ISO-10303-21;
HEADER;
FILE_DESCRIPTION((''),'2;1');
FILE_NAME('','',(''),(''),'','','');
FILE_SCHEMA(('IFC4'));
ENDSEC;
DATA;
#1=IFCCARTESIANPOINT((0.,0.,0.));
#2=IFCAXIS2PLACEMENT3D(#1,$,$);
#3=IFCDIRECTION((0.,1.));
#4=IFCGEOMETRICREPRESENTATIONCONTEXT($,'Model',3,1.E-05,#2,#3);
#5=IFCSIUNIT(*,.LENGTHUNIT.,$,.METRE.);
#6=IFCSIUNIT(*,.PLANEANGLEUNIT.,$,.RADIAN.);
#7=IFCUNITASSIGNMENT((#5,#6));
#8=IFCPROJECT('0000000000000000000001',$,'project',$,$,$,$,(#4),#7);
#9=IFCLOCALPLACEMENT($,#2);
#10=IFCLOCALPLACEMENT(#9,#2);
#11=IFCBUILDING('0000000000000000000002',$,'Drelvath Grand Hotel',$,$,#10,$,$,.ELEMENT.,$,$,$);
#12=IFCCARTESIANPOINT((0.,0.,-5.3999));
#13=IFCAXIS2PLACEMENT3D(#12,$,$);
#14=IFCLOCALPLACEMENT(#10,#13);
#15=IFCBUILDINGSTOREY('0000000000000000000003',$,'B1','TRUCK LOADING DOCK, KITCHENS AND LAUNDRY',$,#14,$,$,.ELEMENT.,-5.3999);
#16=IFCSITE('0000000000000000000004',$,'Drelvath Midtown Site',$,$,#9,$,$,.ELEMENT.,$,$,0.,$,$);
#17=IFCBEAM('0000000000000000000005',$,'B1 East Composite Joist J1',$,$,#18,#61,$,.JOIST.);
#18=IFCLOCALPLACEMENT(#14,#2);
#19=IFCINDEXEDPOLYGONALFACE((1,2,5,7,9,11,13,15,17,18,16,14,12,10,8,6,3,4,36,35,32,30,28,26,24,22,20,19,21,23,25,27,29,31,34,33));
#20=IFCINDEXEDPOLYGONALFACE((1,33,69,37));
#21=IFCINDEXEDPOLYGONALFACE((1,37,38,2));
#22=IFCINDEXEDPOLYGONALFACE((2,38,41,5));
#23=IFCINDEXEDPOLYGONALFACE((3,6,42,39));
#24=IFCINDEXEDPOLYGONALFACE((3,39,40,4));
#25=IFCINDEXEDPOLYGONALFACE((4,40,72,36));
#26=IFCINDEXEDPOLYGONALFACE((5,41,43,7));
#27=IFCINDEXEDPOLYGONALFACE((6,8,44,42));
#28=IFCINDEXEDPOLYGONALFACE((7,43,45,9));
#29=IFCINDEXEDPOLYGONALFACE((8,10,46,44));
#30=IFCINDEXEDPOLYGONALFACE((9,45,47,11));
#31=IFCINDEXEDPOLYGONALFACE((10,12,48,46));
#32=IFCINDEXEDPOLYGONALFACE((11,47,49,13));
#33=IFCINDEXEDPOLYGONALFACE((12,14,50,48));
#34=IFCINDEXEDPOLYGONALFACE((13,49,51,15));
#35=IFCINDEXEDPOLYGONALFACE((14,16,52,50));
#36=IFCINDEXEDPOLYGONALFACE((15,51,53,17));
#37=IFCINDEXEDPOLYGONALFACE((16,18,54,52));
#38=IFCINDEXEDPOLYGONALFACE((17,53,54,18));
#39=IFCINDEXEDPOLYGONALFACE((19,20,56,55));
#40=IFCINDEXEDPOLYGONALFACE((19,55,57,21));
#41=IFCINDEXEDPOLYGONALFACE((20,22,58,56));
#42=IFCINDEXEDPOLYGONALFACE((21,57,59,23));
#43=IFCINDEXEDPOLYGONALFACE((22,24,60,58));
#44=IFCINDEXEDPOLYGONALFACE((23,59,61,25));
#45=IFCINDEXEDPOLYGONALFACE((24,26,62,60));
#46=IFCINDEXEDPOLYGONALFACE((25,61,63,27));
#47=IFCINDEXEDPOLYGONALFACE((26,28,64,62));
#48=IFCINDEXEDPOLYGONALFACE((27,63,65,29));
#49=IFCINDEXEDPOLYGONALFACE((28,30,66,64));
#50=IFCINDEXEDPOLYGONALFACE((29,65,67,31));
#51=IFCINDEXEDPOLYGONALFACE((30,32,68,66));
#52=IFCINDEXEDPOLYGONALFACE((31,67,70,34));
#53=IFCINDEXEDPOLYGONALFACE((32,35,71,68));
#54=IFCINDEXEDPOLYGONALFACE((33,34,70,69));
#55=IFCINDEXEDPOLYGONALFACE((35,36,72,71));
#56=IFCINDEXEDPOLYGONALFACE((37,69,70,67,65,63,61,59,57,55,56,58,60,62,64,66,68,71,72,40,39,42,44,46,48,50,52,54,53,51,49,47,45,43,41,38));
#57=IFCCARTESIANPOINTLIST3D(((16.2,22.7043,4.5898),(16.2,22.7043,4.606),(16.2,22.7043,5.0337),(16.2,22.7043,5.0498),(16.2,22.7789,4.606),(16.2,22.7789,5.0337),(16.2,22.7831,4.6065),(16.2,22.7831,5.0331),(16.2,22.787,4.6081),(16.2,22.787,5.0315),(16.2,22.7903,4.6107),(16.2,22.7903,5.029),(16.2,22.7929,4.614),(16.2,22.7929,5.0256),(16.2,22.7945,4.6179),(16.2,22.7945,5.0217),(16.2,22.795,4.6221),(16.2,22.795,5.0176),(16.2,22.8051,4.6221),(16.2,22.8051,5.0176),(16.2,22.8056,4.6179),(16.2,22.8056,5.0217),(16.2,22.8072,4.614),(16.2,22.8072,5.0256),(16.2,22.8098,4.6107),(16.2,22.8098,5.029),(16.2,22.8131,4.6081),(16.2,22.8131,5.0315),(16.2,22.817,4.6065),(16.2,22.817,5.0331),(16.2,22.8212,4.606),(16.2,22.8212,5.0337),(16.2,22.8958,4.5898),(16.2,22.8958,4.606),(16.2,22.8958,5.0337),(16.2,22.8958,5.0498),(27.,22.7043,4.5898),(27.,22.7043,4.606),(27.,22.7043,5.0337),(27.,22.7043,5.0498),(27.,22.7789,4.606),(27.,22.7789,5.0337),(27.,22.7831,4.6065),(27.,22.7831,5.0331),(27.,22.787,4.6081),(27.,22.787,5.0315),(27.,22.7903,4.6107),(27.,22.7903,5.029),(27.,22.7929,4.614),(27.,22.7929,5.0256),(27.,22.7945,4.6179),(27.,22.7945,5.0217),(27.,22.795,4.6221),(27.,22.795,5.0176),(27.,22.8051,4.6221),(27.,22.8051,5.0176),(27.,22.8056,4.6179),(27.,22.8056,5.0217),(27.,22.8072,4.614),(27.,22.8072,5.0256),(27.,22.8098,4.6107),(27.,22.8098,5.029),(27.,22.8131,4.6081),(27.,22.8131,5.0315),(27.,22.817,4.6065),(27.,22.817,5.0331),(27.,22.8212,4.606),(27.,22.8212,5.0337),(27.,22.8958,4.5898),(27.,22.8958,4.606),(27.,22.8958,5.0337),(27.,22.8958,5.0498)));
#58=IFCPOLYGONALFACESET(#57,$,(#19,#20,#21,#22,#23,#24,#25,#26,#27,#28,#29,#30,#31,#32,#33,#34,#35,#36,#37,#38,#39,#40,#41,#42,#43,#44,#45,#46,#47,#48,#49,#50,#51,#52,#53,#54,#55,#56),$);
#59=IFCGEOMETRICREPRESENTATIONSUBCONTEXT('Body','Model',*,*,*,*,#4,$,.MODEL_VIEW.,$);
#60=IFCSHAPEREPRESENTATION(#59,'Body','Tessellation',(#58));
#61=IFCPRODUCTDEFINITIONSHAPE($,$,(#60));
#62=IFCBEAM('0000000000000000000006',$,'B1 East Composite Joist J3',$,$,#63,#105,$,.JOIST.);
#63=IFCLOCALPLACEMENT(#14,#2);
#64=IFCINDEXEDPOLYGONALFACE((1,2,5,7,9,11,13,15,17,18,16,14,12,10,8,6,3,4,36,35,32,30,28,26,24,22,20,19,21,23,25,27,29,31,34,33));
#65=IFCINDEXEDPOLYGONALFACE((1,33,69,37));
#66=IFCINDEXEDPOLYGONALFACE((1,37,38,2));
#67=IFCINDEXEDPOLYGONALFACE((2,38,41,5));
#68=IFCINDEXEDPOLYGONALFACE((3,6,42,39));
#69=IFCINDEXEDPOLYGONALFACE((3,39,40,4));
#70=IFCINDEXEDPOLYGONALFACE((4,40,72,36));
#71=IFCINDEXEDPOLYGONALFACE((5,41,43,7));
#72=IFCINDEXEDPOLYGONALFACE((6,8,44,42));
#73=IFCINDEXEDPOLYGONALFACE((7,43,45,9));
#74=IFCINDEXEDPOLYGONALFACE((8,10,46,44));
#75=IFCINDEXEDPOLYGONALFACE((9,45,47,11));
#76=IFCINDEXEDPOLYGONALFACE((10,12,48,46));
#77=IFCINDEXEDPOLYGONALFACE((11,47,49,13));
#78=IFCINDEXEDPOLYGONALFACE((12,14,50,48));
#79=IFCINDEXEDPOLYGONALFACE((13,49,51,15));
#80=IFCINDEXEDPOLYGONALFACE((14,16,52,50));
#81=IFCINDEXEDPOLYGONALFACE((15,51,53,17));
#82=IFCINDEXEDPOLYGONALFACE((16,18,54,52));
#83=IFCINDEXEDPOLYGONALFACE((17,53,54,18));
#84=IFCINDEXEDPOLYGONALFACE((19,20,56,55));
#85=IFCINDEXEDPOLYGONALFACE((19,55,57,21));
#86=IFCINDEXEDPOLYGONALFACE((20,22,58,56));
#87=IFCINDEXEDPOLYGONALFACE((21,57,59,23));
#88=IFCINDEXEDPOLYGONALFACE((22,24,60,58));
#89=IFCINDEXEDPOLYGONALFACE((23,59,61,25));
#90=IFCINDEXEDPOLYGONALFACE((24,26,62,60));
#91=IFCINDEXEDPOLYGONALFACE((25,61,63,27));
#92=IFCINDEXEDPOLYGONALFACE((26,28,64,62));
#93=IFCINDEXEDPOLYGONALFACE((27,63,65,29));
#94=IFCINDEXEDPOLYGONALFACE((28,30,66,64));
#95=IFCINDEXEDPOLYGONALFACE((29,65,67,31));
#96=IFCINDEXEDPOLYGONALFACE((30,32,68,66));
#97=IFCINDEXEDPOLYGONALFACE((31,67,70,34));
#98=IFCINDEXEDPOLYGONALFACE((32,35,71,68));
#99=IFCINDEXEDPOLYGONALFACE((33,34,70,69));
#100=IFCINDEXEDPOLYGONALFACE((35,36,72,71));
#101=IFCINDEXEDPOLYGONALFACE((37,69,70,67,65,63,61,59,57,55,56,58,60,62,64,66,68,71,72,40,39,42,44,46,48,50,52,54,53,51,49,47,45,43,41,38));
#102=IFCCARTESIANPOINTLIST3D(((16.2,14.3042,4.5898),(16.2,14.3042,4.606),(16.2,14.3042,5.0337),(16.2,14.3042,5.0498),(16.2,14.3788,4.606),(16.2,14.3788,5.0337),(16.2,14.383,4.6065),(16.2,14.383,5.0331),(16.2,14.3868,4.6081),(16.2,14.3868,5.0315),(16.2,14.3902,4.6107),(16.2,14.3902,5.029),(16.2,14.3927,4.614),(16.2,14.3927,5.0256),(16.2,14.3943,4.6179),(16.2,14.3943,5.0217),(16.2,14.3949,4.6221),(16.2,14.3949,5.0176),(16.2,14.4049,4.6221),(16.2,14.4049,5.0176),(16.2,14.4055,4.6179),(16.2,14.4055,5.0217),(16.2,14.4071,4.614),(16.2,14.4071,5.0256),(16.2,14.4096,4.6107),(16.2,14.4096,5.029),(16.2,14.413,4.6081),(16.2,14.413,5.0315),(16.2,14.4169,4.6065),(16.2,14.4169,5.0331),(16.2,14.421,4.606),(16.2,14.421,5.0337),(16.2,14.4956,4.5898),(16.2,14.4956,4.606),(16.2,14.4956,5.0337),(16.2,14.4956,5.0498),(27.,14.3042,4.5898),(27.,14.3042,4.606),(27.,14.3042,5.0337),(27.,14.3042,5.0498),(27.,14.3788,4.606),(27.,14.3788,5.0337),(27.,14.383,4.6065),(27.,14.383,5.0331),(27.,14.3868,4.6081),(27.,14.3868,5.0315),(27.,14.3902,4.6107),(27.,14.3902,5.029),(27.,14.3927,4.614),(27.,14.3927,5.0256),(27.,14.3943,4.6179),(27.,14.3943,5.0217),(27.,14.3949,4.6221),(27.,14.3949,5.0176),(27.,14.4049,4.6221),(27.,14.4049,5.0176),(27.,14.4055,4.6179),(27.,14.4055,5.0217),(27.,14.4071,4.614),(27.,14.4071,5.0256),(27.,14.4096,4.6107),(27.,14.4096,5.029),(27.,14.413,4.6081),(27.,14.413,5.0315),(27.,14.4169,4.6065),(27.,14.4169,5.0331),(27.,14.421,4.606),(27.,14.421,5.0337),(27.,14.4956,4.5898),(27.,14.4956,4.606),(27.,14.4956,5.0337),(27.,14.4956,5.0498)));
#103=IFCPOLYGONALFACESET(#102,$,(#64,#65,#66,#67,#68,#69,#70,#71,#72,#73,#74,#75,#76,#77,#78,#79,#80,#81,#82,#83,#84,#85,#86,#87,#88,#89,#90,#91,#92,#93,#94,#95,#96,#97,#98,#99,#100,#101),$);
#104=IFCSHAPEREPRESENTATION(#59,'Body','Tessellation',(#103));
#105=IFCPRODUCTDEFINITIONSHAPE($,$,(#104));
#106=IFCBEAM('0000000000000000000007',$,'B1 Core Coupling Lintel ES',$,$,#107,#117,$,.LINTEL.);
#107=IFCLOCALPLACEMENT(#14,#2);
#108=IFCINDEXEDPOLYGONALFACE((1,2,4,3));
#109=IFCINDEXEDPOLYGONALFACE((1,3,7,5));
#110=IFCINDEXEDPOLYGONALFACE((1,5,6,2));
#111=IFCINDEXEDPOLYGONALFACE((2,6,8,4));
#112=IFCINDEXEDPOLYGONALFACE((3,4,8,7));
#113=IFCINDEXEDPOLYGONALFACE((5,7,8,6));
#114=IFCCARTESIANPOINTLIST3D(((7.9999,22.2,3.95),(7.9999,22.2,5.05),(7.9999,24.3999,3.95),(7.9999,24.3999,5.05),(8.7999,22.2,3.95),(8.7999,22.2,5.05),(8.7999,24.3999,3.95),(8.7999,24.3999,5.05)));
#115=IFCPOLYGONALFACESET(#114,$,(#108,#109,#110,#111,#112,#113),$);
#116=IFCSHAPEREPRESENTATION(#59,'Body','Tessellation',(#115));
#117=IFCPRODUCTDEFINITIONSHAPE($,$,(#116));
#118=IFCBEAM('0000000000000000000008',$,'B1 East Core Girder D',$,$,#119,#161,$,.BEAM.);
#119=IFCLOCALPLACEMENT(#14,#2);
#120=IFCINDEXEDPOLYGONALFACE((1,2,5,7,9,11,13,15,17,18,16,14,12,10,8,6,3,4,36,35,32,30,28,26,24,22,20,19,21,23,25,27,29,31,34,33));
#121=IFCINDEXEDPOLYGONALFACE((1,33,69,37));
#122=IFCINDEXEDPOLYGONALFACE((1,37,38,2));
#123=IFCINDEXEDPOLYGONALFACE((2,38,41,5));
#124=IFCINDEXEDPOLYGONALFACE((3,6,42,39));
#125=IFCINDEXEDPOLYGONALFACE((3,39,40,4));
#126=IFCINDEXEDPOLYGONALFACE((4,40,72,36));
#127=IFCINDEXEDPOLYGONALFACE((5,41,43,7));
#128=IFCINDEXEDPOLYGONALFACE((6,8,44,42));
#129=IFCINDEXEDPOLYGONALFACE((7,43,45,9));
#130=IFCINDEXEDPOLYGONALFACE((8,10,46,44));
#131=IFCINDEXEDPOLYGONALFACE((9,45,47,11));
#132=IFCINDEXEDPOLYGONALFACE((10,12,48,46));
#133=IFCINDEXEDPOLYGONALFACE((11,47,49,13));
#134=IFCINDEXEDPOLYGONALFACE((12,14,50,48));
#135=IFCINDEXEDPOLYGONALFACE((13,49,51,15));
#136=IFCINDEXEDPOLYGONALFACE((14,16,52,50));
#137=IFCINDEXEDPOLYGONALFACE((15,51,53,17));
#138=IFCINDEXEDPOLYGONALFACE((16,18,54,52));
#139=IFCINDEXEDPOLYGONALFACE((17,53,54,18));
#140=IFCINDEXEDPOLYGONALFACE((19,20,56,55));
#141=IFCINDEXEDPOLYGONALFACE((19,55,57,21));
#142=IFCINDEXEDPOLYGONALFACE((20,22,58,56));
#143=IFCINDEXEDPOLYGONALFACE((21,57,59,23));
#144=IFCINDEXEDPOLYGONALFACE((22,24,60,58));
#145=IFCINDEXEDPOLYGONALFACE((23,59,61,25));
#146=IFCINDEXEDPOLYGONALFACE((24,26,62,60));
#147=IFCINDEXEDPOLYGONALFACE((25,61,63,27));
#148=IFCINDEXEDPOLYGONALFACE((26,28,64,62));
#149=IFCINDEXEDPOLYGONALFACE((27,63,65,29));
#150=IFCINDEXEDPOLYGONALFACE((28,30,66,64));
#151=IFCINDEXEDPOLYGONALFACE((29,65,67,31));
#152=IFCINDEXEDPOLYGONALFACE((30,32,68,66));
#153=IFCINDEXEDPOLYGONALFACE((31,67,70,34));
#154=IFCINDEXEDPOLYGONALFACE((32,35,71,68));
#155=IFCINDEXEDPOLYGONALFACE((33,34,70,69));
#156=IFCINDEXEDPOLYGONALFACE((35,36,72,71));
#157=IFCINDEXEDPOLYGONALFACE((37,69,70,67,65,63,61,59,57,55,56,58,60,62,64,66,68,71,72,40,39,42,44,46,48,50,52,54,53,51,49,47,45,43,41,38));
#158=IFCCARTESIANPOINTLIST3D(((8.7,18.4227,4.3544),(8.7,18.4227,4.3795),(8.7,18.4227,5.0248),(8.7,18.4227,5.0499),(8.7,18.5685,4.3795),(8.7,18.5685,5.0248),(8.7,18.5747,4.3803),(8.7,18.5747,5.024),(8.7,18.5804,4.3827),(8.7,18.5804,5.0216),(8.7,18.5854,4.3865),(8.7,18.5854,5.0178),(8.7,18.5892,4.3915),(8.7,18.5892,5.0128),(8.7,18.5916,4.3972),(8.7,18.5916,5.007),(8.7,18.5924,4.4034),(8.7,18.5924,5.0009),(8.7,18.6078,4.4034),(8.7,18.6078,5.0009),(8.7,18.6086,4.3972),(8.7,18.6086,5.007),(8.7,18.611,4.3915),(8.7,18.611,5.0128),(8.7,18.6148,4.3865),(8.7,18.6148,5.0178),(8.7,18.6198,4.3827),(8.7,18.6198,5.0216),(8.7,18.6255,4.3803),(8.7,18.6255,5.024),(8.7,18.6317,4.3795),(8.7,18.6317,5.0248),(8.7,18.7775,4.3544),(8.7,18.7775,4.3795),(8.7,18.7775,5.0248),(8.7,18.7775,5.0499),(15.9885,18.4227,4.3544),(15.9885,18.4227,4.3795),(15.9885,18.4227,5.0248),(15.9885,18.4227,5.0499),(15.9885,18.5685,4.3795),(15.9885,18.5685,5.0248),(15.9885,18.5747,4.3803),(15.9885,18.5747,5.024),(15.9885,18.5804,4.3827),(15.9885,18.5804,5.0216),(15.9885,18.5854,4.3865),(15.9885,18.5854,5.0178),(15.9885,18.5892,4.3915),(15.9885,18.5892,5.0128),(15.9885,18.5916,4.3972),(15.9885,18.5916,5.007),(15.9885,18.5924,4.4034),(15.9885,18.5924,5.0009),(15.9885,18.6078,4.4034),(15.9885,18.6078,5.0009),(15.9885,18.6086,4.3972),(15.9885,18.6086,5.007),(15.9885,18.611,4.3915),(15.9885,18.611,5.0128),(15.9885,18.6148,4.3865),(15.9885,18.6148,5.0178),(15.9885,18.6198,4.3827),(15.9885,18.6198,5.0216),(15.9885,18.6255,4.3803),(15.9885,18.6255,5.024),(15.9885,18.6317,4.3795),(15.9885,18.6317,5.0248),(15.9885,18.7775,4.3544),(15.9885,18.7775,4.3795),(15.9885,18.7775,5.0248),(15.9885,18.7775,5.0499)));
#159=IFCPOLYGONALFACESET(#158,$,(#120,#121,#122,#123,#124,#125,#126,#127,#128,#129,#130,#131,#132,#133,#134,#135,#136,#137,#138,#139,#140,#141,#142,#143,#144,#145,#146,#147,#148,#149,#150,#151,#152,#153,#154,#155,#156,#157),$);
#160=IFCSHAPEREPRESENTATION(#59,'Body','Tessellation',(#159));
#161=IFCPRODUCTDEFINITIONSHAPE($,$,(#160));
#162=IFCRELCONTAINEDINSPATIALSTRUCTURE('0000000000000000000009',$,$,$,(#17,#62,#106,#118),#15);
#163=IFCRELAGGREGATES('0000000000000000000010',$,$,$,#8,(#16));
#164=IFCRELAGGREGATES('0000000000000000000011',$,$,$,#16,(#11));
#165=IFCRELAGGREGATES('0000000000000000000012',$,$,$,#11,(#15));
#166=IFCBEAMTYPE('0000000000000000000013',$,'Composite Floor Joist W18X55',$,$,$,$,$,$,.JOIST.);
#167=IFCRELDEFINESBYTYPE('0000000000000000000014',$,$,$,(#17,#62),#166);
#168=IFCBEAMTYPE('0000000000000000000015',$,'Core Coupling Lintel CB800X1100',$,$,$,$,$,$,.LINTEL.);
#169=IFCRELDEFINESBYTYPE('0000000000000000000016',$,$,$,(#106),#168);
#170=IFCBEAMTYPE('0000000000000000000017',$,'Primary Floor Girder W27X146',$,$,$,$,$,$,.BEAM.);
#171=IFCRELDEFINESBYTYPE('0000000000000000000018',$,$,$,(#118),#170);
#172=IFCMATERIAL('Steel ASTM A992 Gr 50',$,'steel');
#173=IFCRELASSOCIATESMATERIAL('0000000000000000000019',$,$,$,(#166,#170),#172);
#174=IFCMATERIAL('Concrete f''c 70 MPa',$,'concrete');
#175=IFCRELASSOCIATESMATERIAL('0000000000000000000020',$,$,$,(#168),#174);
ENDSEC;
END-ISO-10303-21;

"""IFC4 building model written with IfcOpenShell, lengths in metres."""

from ifc_helpers import new_model, si_unit, direction, frame, origin, origin_2d, place, context, subcontext, project, spatial, rectangle, i_section, extrude, material, material_profile, profile_set, type_object, element, save


model = new_model("IFC4")

# Units and contexts
model_context = context("Model", 3, precision=1e-05, world=origin(), true_north=direction((0.0, 1.0)))
body_context = subcontext(model_context, "Body", "Model", "MODEL_VIEW")
ifc_project = project(units=[si_unit("LENGTHUNIT", "METRE"), si_unit("PLANEANGLEUNIT", "RADIAN")], contexts=[model_context])

# Site, building, storey
site_placement = place(None, origin())
site = spatial("IfcSite", under=ifc_project, at=site_placement, Name="Drelvath Midtown Site", CompositionType="ELEMENT", RefElevation=0.0)
building_placement = place(site_placement, origin())
building = spatial("IfcBuilding", under=site, at=building_placement, Name="Drelvath Grand Hotel", CompositionType="ELEMENT")
storey_placement = place(building_placement, frame((0.0, 0.0, -5.3999)))
storey = spatial("IfcBuildingStorey", under=building, at=storey_placement, Name="B1", Description="TRUCK LOADING DOCK, KITCHENS AND LAUNDRY", CompositionType="ELEMENT", Elevation=-5.3999)

# Shared definitions
ifc_material_1 = material(Name="Concrete f'c 70 MPa", Category="concrete")

# Beams
ifc_material_2 = material(Name="Steel ASTM A992 Gr 50", Category="steel")
ifc_material_profile_1 = material_profile(ifc_material_2, i_section(OverallWidth=0.1914, OverallDepth=0.46, WebThickness=0.01, FlangeThickness=0.0161, FilletRadius=0.0161, at=origin_2d()), Name="W18X55")
ifc_profile_set_1 = profile_set([ifc_material_profile_1], Name="Steel ASTM A992 Gr 50")
beam_type_1 = type_object("IfcBeamType", Name="Composite Floor Joist W18X55", PredefinedType="JOIST", material=ifc_profile_set_1)
for number, where, z_axis, x_axis, name in (
    (1, (16.2, 22.8, 4.8198), (1.0, 0.0, 0.0), (0.0, 1.0, 0.0), "B1 East Composite Joist J1"),
    (2, (16.2, 14.3999, 4.8198), (1.0, 0.0, 0.0), (0.0, 1.0, 0.0), "B1 East Composite Joist J3"),
):
    element("IfcBeam", number, at=place(storey_placement, frame(where, z_axis=z_axis, x_axis=x_axis)), inside=storey, type_object=beam_type_1, Name=name, PredefinedType="JOIST", context=body_context, shape_type="SweptSolid", body=[
        extrude(i_section(OverallWidth=0.1914, OverallDepth=0.46, WebThickness=0.01, FlangeThickness=0.0161, FilletRadius=0.0161, at=origin_2d()), origin(), (0.0, 0.0, 1.0), 10.8),
    ])
ifc_material_profile_2 = material_profile(ifc_material_1, rectangle(XDim=0.8, YDim=1.1001, at=origin_2d()), Name="CB800X1100")
ifc_profile_set_2 = profile_set([ifc_material_profile_2], Name="Concrete f'c 70 MPa")
beam_type_2 = type_object("IfcBeamType", Name="Core Coupling Lintel CB800X1100", PredefinedType="LINTEL", material=ifc_profile_set_2)
beam_1_placement = place(storey_placement, frame((8.3999, 22.2, 4.5), z_axis=(0.0, 1.0, 0.0), x_axis=(-1.0, 0.0, 0.0)))
element("IfcBeam", 3, at=beam_1_placement, inside=storey, type_object=beam_type_2, Name="B1 Core Coupling Lintel ES", PredefinedType="LINTEL", context=body_context, shape_type="SweptSolid", body=[
    extrude(rectangle(XDim=0.8, YDim=1.1001, at=origin_2d()), origin(), (0.0, 0.0, 1.0), 2.2),
])
ifc_material_profile_3 = material_profile(ifc_material_2, i_section(OverallWidth=0.3547, OverallDepth=0.6956, WebThickness=0.0154, FlangeThickness=0.0251, FilletRadius=0.0239, at=origin_2d()), Name="W27X146")
ifc_profile_set_3 = profile_set([ifc_material_profile_3], Name="Steel ASTM A992 Gr 50")
beam_type_3 = type_object("IfcBeamType", Name="Primary Floor Girder W27X146", PredefinedType="BEAM", material=ifc_profile_set_3)
for number, where, z_axis, x_axis, name in (
    (4, (8.7, 18.6001, 4.7021), (1.0, 0.0, 0.0), (0.0, 1.0, 0.0), "B1 East Core Girder D"),
):
    element("IfcBeam", number, at=place(storey_placement, frame(where, z_axis=z_axis, x_axis=x_axis)), inside=storey, type_object=beam_type_3, Name=name, PredefinedType="BEAM", context=body_context, shape_type="SweptSolid", body=[
        extrude(i_section(OverallWidth=0.3547, OverallDepth=0.6956, WebThickness=0.0154, FlangeThickness=0.0251, FilletRadius=0.0239, at=origin_2d()), origin(), (0.0, 0.0, 1.0), 7.2886),
    ])

save(model, "model.ifc")
